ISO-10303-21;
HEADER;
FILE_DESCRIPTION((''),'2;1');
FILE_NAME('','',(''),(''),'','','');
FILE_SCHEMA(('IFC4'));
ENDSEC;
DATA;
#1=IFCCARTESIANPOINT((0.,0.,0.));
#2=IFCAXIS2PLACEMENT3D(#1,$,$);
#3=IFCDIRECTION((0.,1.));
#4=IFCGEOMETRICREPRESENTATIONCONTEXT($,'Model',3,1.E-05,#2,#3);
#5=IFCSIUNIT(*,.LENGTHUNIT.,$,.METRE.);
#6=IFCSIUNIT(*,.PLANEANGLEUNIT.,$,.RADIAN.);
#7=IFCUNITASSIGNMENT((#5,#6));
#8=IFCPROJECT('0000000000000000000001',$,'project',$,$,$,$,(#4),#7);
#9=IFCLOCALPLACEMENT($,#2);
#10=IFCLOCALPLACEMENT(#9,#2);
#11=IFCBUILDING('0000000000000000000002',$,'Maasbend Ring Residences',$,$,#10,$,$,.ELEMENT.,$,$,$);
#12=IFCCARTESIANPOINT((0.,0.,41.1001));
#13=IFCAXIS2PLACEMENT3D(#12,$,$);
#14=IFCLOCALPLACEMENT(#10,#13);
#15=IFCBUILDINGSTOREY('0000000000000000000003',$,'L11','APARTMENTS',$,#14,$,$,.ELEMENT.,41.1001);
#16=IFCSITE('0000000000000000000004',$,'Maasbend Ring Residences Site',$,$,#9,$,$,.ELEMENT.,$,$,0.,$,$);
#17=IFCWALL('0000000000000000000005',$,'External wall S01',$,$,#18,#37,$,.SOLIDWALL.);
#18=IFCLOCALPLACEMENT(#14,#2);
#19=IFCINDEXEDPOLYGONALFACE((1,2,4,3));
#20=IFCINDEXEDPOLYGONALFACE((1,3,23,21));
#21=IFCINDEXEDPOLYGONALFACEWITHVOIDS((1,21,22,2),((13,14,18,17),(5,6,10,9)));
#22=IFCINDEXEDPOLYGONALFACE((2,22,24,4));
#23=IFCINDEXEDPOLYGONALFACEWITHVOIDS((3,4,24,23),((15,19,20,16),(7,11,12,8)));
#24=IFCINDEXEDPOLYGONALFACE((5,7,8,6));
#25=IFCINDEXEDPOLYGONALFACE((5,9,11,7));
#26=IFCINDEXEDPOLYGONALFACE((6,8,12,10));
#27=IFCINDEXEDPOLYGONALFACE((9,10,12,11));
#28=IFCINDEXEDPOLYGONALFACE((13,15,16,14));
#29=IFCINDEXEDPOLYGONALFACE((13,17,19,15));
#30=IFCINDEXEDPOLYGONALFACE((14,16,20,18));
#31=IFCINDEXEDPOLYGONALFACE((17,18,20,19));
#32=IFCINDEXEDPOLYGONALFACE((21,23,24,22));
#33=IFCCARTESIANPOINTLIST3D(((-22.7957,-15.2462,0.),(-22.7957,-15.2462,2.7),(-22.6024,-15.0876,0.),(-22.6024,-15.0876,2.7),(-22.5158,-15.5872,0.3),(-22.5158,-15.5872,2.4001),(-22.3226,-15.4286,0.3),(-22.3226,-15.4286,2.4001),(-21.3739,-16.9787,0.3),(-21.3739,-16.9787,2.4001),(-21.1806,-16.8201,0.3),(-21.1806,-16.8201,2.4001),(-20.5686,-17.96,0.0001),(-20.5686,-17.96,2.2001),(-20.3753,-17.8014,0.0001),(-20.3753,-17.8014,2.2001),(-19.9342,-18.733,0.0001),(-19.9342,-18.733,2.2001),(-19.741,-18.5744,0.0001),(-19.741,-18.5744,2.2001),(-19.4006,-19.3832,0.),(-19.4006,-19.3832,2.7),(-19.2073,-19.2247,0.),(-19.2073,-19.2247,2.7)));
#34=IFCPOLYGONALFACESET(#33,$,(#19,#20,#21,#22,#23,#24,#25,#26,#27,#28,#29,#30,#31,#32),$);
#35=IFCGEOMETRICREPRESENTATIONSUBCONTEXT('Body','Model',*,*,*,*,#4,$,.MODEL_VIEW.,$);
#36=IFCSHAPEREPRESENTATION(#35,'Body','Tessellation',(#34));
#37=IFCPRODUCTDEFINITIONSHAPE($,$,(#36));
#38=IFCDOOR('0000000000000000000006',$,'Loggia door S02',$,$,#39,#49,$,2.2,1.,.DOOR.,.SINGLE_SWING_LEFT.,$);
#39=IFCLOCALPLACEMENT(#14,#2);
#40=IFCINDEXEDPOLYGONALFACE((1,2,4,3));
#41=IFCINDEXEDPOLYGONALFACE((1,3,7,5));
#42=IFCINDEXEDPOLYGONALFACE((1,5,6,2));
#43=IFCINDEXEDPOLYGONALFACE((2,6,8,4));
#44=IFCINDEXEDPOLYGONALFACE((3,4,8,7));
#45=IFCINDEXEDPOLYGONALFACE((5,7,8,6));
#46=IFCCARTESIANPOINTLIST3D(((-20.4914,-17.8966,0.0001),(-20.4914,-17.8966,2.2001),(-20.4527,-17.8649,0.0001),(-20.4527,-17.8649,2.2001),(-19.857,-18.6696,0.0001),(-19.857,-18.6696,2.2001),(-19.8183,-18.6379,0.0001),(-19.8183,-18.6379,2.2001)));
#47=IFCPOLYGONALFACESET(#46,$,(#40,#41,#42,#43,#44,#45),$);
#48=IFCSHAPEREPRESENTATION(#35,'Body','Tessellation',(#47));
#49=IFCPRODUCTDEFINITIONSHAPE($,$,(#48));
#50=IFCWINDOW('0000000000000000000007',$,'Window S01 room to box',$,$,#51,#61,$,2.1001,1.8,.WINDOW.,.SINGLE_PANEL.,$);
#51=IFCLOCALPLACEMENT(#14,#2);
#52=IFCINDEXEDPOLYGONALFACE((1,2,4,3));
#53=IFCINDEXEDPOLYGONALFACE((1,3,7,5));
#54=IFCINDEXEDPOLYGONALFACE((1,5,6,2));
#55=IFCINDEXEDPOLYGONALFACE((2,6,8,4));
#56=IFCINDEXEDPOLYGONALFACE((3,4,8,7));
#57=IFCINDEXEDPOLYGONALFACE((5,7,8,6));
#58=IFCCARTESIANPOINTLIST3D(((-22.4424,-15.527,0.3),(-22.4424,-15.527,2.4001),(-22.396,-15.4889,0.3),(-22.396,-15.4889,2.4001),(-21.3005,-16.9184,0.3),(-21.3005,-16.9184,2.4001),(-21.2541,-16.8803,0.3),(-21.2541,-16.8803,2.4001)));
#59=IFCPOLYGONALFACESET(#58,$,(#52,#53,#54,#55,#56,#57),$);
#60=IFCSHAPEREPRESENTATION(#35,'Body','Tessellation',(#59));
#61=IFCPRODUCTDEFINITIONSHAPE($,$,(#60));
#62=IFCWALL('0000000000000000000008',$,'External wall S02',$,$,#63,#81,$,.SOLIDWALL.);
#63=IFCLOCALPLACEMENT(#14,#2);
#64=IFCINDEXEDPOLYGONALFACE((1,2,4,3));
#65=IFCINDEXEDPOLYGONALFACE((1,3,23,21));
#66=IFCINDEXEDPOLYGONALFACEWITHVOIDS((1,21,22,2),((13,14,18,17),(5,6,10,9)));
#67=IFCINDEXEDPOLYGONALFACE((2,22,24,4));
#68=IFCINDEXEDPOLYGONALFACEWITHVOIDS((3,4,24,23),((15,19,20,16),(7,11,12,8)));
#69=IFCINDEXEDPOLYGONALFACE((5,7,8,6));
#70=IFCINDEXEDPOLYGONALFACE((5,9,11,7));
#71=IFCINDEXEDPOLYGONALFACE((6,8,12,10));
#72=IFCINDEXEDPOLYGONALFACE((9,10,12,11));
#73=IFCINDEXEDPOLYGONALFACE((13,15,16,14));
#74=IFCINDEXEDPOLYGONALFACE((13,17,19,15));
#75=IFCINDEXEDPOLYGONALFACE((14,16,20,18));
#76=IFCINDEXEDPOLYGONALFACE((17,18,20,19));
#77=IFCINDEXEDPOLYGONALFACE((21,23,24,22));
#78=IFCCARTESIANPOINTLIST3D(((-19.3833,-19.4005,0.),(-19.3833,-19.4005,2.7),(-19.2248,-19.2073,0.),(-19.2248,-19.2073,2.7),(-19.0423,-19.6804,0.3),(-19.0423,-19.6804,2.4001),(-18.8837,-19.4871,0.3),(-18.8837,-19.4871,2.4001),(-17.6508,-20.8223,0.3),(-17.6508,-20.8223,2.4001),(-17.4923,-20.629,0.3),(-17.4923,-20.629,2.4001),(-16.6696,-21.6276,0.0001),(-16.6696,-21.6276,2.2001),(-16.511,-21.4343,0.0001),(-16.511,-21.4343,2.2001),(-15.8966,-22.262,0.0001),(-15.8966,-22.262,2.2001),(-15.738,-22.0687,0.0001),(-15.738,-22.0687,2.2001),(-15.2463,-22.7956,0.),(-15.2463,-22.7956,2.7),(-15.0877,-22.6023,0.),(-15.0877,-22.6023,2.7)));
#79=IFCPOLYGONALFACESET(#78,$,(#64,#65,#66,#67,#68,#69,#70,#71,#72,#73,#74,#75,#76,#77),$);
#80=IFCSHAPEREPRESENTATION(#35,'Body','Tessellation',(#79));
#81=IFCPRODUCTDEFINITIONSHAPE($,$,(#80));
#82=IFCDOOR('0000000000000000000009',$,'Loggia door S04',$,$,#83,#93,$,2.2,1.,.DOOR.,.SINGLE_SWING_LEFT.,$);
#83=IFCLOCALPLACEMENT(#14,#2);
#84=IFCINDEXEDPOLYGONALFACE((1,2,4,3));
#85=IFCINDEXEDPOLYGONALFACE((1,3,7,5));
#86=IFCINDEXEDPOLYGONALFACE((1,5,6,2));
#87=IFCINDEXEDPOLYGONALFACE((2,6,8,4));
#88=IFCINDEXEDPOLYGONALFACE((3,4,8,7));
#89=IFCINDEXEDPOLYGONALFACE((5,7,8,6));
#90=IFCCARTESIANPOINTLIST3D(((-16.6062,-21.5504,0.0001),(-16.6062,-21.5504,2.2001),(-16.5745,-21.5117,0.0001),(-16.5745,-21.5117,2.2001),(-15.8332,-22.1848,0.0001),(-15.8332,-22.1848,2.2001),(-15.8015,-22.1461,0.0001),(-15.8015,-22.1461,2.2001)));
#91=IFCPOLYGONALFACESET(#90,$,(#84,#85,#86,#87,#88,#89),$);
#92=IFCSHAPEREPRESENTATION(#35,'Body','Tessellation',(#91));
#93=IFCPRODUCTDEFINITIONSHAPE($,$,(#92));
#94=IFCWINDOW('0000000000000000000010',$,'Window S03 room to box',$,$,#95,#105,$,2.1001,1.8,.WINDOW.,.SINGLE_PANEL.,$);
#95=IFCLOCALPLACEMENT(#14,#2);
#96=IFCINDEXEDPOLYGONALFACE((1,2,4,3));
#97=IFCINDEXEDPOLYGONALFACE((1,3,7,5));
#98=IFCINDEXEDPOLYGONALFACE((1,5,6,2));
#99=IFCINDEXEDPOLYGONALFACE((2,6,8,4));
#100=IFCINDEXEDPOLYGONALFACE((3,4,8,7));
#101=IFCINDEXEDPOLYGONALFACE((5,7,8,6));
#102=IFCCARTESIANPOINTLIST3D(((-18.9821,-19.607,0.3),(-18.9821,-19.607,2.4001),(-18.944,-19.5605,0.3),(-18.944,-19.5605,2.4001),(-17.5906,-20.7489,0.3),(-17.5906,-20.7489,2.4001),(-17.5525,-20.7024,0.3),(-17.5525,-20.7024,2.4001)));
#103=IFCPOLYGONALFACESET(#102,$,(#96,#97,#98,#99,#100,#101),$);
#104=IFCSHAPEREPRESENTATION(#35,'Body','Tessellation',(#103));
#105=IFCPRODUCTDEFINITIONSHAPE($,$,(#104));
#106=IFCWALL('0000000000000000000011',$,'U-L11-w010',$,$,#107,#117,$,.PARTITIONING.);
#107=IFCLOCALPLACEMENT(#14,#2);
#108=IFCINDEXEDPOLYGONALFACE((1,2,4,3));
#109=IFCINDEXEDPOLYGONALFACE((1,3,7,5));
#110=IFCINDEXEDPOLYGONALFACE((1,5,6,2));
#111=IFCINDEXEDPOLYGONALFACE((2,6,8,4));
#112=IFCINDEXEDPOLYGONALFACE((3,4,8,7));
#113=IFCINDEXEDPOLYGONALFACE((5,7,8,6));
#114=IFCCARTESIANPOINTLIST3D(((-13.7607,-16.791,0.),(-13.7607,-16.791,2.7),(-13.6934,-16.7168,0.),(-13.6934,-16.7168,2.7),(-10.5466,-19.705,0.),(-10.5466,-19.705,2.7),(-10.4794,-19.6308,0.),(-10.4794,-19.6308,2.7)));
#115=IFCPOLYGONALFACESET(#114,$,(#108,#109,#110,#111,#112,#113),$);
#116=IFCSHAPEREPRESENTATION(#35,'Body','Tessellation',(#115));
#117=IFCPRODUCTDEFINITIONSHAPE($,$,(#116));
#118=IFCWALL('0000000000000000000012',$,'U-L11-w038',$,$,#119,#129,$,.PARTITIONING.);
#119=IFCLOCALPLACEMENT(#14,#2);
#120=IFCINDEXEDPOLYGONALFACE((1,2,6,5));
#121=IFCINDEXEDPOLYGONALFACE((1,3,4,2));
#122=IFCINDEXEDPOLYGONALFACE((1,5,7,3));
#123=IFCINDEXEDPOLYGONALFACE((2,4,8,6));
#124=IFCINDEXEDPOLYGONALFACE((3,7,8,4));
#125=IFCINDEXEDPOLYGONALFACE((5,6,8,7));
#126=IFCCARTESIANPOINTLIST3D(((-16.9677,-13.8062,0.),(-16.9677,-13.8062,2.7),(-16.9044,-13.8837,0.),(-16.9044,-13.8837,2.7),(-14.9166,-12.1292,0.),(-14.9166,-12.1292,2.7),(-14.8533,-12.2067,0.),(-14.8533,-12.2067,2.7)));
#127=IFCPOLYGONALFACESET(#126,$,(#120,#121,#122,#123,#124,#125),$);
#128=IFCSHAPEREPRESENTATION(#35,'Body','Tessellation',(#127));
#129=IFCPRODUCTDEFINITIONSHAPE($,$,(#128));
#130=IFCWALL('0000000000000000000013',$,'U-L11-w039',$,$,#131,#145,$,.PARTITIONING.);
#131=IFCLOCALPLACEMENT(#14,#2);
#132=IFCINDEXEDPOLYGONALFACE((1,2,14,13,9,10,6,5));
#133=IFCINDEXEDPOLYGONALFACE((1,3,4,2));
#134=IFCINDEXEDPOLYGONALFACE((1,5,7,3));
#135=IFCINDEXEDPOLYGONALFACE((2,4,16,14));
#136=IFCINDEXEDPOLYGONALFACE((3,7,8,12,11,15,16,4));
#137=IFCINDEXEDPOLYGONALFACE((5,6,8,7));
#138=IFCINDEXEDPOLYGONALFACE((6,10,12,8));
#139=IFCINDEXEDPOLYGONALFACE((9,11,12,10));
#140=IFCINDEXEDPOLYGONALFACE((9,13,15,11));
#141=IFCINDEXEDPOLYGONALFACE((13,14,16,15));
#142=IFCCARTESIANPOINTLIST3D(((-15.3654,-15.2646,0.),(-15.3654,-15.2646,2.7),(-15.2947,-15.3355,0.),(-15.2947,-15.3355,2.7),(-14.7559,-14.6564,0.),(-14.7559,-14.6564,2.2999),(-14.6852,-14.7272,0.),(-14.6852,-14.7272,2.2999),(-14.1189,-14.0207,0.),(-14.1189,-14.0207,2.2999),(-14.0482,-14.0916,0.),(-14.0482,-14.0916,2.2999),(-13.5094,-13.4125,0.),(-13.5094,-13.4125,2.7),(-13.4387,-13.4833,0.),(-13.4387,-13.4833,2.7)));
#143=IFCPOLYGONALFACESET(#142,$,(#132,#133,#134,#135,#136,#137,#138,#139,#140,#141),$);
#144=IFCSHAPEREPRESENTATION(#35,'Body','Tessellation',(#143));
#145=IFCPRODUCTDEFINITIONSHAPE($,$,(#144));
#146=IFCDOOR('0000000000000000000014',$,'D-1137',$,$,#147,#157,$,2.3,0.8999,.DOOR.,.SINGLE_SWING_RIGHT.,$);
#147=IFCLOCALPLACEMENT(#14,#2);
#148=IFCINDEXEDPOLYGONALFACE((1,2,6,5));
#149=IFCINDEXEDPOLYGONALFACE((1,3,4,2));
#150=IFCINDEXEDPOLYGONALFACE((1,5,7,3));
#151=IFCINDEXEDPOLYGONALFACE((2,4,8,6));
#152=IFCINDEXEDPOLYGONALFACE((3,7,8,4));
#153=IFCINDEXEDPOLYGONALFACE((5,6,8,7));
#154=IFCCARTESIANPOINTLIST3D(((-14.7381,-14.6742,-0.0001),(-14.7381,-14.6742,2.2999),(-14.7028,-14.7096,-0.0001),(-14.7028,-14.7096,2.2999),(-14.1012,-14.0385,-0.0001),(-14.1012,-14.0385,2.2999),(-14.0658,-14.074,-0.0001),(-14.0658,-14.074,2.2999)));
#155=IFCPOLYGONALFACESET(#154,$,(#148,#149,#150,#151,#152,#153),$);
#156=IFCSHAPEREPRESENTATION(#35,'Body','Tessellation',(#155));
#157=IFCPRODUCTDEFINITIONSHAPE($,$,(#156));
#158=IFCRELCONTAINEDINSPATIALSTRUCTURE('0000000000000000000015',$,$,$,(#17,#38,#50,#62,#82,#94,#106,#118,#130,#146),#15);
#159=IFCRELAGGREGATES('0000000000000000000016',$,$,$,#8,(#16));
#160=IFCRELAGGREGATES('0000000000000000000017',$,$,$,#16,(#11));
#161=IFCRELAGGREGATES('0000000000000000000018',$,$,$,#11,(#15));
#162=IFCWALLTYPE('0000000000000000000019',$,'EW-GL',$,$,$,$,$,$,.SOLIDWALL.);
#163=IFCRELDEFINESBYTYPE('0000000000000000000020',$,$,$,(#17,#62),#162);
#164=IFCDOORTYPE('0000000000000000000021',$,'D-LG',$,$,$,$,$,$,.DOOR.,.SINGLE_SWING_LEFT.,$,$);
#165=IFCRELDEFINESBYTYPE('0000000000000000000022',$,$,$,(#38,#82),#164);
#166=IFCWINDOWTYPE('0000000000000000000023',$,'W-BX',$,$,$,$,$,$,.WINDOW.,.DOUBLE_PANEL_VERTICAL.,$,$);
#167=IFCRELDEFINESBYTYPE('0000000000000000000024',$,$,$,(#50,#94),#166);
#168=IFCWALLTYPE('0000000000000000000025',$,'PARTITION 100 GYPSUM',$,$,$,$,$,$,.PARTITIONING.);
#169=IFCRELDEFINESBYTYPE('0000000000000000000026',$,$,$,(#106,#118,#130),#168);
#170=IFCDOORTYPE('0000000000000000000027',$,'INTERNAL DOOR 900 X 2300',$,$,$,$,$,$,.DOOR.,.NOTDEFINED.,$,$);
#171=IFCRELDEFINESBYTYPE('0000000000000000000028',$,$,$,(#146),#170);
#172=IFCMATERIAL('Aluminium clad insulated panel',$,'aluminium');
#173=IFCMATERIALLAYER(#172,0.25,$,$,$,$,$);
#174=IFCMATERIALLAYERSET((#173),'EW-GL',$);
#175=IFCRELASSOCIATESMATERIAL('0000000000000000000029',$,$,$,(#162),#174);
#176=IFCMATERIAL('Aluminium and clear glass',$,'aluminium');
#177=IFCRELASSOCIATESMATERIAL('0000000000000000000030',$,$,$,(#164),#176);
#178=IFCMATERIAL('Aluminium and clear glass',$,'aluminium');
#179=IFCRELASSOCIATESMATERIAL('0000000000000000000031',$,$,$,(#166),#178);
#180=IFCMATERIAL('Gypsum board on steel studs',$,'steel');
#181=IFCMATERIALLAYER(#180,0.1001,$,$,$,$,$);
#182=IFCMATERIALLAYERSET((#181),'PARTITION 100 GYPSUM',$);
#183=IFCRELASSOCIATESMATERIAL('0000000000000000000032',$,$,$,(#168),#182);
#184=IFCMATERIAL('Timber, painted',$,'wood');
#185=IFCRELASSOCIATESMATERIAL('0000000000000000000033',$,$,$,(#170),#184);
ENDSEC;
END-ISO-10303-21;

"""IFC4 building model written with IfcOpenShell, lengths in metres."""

from ifc_helpers import new_model, si_unit, direction, frame, frame_2d, origin, place, context, subcontext, project, spatial, rectangle, extrude, material, layer, layer_set, type_object, element, fill, save


model = new_model("IFC4")

# Units and contexts
model_context = context("Model", 3, precision=1e-05, world=origin(), true_north=direction((0.0, 1.0)))
body_context = subcontext(model_context, "Body", "Model", "MODEL_VIEW")
ifc_project = project(units=[si_unit("LENGTHUNIT", "METRE"), si_unit("PLANEANGLEUNIT", "RADIAN")], contexts=[model_context])

# Site, building, storey
site_placement = place(None, origin())
site = spatial("IfcSite", under=ifc_project, at=site_placement, Name="Maasbend Ring Residences Site", CompositionType="ELEMENT", RefElevation=0.0)
building_placement = place(site_placement, origin())
building = spatial("IfcBuilding", under=site, at=building_placement, Name="Maasbend Ring Residences", CompositionType="ELEMENT")
storey_placement = place(building_placement, frame((0.0, 0.0, 41.1001)))
storey = spatial("IfcBuildingStorey", under=building, at=storey_placement, Name="L11", Description="APARTMENTS", CompositionType="ELEMENT", Elevation=41.1001)

# Walls, openings, doors, windows
ifc_material_1 = material(Name="Aluminium clad insulated panel", Category="aluminium")
ifc_layer_1 = layer(ifc_material_1, 0.25)
ifc_layer_set_1 = layer_set([ifc_layer_1], Name="EW-GL")
wall_type_1 = type_object("IfcWallType", Name="EW-GL", PredefinedType="SOLIDWALL", material=ifc_layer_set_1)
wall_1_placement = place(storey_placement, frame((-22.699, -15.167, 0.0), z_axis=(0.0, 0.0, 1.0), x_axis=(0.634382, -0.773019, 0.0)))
wall_1 = element("IfcWall", 1, at=wall_1_placement, inside=storey, type_object=wall_type_1, Name="External wall S01", PredefinedType="SOLIDWALL", context=body_context, shape_type="SweptSolid", body=[
    extrude(rectangle(XDim=5.3518, YDim=0.25, at=frame_2d((2.6758, 0.0))), origin(), (0.0, 0.0, 1.0), 2.7),
])
opening_1_placement = place(wall_1_placement, frame((0.4412, 0.0, 0.3)))
opening_1 = element("IfcOpeningElement", 2, at=opening_1_placement, cuts=wall_1, PredefinedType="OPENING", context=body_context, shape_type="SweptSolid", body=[
    extrude(rectangle(XDim=1.8, YDim=2.1001, at=frame_2d((0.8999, 1.05))), frame((0.0, 0.135, 0.0), z_axis=(0.0, -1.0, 0.0), x_axis=(1.0, 0.0, 0.0)), (0.0, 0.0, 1.0), 0.27),
])
opening_2_placement = place(wall_1_placement, frame((3.5105, 0.0, 0.0)))
opening_2 = element("IfcOpeningElement", 3, at=opening_2_placement, cuts=wall_1, PredefinedType="OPENING", context=body_context, shape_type="SweptSolid", body=[
    extrude(rectangle(XDim=1.0, YDim=2.2, at=frame_2d((0.5, 1.1001))), frame((0.0, 0.135, 0.0), z_axis=(0.0, -1.0, 0.0), x_axis=(1.0, 0.0, 0.0)), (0.0, 0.0, 1.0), 0.27),
])
ifc_material_2 = material(Name="Aluminium and clear glass", Category="aluminium")
door_type_1 = type_object("IfcDoorType", Name="D-LG", OperationType="SINGLE_SWING_LEFT", PredefinedType="DOOR", material=ifc_material_2)
door_1_placement = place(opening_2_placement, origin())
door_1 = element("IfcDoor", 4, at=door_1_placement, inside=storey, type_object=door_type_1, Name="Loggia door S02", OperationType="SINGLE_SWING_LEFT", OverallHeight=2.2, OverallWidth=1.0, PredefinedType="DOOR", context=body_context, shape_type="SweptSolid", body=[
    extrude(rectangle(XDim=1.0, YDim=2.2, at=frame_2d((0.5, 1.1001))), frame((0.0, 0.0249, 0.0), z_axis=(0.0, -1.0, 0.0), x_axis=(1.0, 0.0, 0.0)), (0.0, 0.0, 1.0), 0.05),
])
fill(opening_2, door_1)
ifc_material_3 = material(Name="Aluminium and clear glass", Category="aluminium")
window_type_1 = type_object("IfcWindowType", Name="W-BX", PartitioningType="DOUBLE_PANEL_VERTICAL", PredefinedType="WINDOW", material=ifc_material_3)
window_1_placement = place(opening_1_placement, origin())
window_1 = element("IfcWindow", 5, at=window_1_placement, inside=storey, type_object=window_type_1, Name="Window S01 room to box", OverallHeight=2.1001, OverallWidth=1.8, PartitioningType="SINGLE_PANEL", PredefinedType="WINDOW", context=body_context, shape_type="SweptSolid", body=[
    extrude(rectangle(XDim=1.8, YDim=2.1001, at=frame_2d((0.8999, 1.05))), frame((0.0, 0.03, 0.0), z_axis=(0.0, -1.0, 0.0), x_axis=(1.0, 0.0, 0.0)), (0.0, 0.0, 1.0), 0.0601),
])
fill(opening_1, window_1)
wall_2_placement = place(storey_placement, frame((-19.304, -19.304, 0.0), z_axis=(0.0, 0.0, 1.0), x_axis=(0.773019, -0.634382, 0.0)))
wall_2 = element("IfcWall", 6, at=wall_2_placement, inside=storey, type_object=wall_type_1, Name="External wall S02", PredefinedType="SOLIDWALL", context=body_context, shape_type="SweptSolid", body=[
    extrude(rectangle(XDim=5.3518, YDim=0.25, at=frame_2d((2.6758, 0.0))), origin(), (0.0, 0.0, 1.0), 2.7),
])
opening_3_placement = place(wall_2_placement, frame((0.4412, 0.0, 0.3)))
opening_3 = element("IfcOpeningElement", 7, at=opening_3_placement, cuts=wall_2, PredefinedType="OPENING", context=body_context, shape_type="SweptSolid", body=[
    extrude(rectangle(XDim=1.8, YDim=2.1001, at=frame_2d((0.8999, 1.05))), frame((0.0, 0.135, 0.0), z_axis=(0.0, -1.0, 0.0), x_axis=(1.0, 0.0, 0.0)), (0.0, 0.0, 1.0), 0.27),
])
opening_4_placement = place(wall_2_placement, frame((3.5105, 0.0, 0.0)))
opening_4 = element("IfcOpeningElement", 8, at=opening_4_placement, cuts=wall_2, PredefinedType="OPENING", context=body_context, shape_type="SweptSolid", body=[
    extrude(rectangle(XDim=1.0, YDim=2.2, at=frame_2d((0.5, 1.1001))), frame((0.0, 0.135, 0.0), z_axis=(0.0, -1.0, 0.0), x_axis=(1.0, 0.0, 0.0)), (0.0, 0.0, 1.0), 0.27),
])
door_2_placement = place(opening_4_placement, origin())
door_2 = element("IfcDoor", 9, at=door_2_placement, inside=storey, type_object=door_type_1, Name="Loggia door S04", OperationType="SINGLE_SWING_LEFT", OverallHeight=2.2, OverallWidth=1.0, PredefinedType="DOOR", context=body_context, shape_type="SweptSolid", body=[
    extrude(rectangle(XDim=1.0, YDim=2.2, at=frame_2d((0.5, 1.1001))), frame((0.0, 0.0249, 0.0), z_axis=(0.0, -1.0, 0.0), x_axis=(1.0, 0.0, 0.0)), (0.0, 0.0, 1.0), 0.05),
])
fill(opening_4, door_2)
window_2_placement = place(opening_3_placement, origin())
window_2 = element("IfcWindow", 10, at=window_2_placement, inside=storey, type_object=window_type_1, Name="Window S03 room to box", OverallHeight=2.1001, OverallWidth=1.8, PartitioningType="SINGLE_PANEL", PredefinedType="WINDOW", context=body_context, shape_type="SweptSolid", body=[
    extrude(rectangle(XDim=1.8, YDim=2.1001, at=frame_2d((0.8999, 1.05))), frame((0.0, 0.03, 0.0), z_axis=(0.0, -1.0, 0.0), x_axis=(1.0, 0.0, 0.0)), (0.0, 0.0, 1.0), 0.0601),
])
fill(opening_3, window_2)

# Walls
ifc_material_4 = material(Name="Gypsum board on steel studs", Category="steel")
ifc_layer_2 = layer(ifc_material_4, 0.1001)
ifc_layer_set_2 = layer_set([ifc_layer_2], Name="PARTITION 100 GYPSUM")
wall_type_2 = type_object("IfcWallType", Name="PARTITION 100 GYPSUM", PredefinedType="PARTITIONING", material=ifc_layer_set_2)
wall_3_placement = place(storey_placement, frame((-13.7271, -16.7539, 0.0), z_axis=(0.0, 0.0, 1.0), x_axis=(0.740841, -0.671681, 0.0)))
element("IfcWall", 11, at=wall_3_placement, inside=storey, type_object=wall_type_2, Name="U-L11-w010", PredefinedType="PARTITIONING", context=body_context, shape_type="SweptSolid", body=[
    extrude(rectangle(XDim=4.3384, YDim=0.1001, at=frame_2d((2.1692, 0.0))), origin(), (0.0, 0.0, 1.0), 2.7),
])
wall_4_placement = place(storey_placement, frame((-16.936, -13.845, 0.0), z_axis=(0.0, 0.0, 1.0), x_axis=(0.774163, 0.632987, 0.0)))
element("IfcWall", 12, at=wall_4_placement, inside=storey, type_object=wall_type_2, Name="U-L11-w038", PredefinedType="PARTITIONING", context=body_context, shape_type="SweptSolid", body=[
    extrude(rectangle(XDim=2.6494, YDim=0.1001, at=frame_2d((1.3247, 0.0))), origin(), (0.0, 0.0, 1.0), 2.7),
])

# Wall, opening, door
wall_5_placement = place(storey_placement, frame((-15.3301, -15.3, 0.0), z_axis=(0.0, 0.0, 1.0), x_axis=(0.707851, 0.706361, 0.0)))
wall_5 = element("IfcWall", 13, at=wall_5_placement, inside=storey, type_object=wall_type_2, Name="U-L11-w039", PredefinedType="PARTITIONING", context=body_context, shape_type="SweptSolid", body=[
    extrude(rectangle(XDim=2.6221, YDim=0.1001, at=frame_2d((1.311, 0.0))), origin(), (0.0, 0.0, 1.0), 2.7),
])
opening_5_placement = place(wall_5_placement, frame((0.8611, 0.0, 0.0)))
opening_5 = element("IfcOpeningElement", 14, at=opening_5_placement, cuts=wall_5, PredefinedType="OPENING", context=body_context, shape_type="SweptSolid", body=[
    extrude(rectangle(XDim=0.8999, YDim=2.3, at=frame_2d((0.45, 1.1499))), frame((0.0, 0.0601, 0.0), z_axis=(0.0, -1.0, 0.0), x_axis=(1.0, 0.0, 0.0)), (0.0, 0.0, 1.0), 0.1201),
])
ifc_material_5 = material(Name="Timber, painted", Category="wood")
door_type_2 = type_object("IfcDoorType", Name="INTERNAL DOOR 900 X 2300", OperationType="NOTDEFINED", PredefinedType="DOOR", material=ifc_material_5)
door_3_placement = place(opening_5_placement, origin())
door_3 = element("IfcDoor", 15, at=door_3_placement, inside=storey, type_object=door_type_2, Name="D-1137", OperationType="SINGLE_SWING_RIGHT", OverallHeight=2.3, OverallWidth=0.8999, PredefinedType="DOOR", context=body_context, shape_type="SweptSolid", body=[
    extrude(rectangle(XDim=0.8999, YDim=2.3, at=frame_2d((0.45, 1.1499))), frame((0.0, 0.0249, 0.0), z_axis=(0.0, -1.0, 0.0), x_axis=(1.0, 0.0, 0.0)), (0.0, 0.0, 1.0), 0.05),
])
fill(opening_5, door_3)

save(model, "model.ifc")
